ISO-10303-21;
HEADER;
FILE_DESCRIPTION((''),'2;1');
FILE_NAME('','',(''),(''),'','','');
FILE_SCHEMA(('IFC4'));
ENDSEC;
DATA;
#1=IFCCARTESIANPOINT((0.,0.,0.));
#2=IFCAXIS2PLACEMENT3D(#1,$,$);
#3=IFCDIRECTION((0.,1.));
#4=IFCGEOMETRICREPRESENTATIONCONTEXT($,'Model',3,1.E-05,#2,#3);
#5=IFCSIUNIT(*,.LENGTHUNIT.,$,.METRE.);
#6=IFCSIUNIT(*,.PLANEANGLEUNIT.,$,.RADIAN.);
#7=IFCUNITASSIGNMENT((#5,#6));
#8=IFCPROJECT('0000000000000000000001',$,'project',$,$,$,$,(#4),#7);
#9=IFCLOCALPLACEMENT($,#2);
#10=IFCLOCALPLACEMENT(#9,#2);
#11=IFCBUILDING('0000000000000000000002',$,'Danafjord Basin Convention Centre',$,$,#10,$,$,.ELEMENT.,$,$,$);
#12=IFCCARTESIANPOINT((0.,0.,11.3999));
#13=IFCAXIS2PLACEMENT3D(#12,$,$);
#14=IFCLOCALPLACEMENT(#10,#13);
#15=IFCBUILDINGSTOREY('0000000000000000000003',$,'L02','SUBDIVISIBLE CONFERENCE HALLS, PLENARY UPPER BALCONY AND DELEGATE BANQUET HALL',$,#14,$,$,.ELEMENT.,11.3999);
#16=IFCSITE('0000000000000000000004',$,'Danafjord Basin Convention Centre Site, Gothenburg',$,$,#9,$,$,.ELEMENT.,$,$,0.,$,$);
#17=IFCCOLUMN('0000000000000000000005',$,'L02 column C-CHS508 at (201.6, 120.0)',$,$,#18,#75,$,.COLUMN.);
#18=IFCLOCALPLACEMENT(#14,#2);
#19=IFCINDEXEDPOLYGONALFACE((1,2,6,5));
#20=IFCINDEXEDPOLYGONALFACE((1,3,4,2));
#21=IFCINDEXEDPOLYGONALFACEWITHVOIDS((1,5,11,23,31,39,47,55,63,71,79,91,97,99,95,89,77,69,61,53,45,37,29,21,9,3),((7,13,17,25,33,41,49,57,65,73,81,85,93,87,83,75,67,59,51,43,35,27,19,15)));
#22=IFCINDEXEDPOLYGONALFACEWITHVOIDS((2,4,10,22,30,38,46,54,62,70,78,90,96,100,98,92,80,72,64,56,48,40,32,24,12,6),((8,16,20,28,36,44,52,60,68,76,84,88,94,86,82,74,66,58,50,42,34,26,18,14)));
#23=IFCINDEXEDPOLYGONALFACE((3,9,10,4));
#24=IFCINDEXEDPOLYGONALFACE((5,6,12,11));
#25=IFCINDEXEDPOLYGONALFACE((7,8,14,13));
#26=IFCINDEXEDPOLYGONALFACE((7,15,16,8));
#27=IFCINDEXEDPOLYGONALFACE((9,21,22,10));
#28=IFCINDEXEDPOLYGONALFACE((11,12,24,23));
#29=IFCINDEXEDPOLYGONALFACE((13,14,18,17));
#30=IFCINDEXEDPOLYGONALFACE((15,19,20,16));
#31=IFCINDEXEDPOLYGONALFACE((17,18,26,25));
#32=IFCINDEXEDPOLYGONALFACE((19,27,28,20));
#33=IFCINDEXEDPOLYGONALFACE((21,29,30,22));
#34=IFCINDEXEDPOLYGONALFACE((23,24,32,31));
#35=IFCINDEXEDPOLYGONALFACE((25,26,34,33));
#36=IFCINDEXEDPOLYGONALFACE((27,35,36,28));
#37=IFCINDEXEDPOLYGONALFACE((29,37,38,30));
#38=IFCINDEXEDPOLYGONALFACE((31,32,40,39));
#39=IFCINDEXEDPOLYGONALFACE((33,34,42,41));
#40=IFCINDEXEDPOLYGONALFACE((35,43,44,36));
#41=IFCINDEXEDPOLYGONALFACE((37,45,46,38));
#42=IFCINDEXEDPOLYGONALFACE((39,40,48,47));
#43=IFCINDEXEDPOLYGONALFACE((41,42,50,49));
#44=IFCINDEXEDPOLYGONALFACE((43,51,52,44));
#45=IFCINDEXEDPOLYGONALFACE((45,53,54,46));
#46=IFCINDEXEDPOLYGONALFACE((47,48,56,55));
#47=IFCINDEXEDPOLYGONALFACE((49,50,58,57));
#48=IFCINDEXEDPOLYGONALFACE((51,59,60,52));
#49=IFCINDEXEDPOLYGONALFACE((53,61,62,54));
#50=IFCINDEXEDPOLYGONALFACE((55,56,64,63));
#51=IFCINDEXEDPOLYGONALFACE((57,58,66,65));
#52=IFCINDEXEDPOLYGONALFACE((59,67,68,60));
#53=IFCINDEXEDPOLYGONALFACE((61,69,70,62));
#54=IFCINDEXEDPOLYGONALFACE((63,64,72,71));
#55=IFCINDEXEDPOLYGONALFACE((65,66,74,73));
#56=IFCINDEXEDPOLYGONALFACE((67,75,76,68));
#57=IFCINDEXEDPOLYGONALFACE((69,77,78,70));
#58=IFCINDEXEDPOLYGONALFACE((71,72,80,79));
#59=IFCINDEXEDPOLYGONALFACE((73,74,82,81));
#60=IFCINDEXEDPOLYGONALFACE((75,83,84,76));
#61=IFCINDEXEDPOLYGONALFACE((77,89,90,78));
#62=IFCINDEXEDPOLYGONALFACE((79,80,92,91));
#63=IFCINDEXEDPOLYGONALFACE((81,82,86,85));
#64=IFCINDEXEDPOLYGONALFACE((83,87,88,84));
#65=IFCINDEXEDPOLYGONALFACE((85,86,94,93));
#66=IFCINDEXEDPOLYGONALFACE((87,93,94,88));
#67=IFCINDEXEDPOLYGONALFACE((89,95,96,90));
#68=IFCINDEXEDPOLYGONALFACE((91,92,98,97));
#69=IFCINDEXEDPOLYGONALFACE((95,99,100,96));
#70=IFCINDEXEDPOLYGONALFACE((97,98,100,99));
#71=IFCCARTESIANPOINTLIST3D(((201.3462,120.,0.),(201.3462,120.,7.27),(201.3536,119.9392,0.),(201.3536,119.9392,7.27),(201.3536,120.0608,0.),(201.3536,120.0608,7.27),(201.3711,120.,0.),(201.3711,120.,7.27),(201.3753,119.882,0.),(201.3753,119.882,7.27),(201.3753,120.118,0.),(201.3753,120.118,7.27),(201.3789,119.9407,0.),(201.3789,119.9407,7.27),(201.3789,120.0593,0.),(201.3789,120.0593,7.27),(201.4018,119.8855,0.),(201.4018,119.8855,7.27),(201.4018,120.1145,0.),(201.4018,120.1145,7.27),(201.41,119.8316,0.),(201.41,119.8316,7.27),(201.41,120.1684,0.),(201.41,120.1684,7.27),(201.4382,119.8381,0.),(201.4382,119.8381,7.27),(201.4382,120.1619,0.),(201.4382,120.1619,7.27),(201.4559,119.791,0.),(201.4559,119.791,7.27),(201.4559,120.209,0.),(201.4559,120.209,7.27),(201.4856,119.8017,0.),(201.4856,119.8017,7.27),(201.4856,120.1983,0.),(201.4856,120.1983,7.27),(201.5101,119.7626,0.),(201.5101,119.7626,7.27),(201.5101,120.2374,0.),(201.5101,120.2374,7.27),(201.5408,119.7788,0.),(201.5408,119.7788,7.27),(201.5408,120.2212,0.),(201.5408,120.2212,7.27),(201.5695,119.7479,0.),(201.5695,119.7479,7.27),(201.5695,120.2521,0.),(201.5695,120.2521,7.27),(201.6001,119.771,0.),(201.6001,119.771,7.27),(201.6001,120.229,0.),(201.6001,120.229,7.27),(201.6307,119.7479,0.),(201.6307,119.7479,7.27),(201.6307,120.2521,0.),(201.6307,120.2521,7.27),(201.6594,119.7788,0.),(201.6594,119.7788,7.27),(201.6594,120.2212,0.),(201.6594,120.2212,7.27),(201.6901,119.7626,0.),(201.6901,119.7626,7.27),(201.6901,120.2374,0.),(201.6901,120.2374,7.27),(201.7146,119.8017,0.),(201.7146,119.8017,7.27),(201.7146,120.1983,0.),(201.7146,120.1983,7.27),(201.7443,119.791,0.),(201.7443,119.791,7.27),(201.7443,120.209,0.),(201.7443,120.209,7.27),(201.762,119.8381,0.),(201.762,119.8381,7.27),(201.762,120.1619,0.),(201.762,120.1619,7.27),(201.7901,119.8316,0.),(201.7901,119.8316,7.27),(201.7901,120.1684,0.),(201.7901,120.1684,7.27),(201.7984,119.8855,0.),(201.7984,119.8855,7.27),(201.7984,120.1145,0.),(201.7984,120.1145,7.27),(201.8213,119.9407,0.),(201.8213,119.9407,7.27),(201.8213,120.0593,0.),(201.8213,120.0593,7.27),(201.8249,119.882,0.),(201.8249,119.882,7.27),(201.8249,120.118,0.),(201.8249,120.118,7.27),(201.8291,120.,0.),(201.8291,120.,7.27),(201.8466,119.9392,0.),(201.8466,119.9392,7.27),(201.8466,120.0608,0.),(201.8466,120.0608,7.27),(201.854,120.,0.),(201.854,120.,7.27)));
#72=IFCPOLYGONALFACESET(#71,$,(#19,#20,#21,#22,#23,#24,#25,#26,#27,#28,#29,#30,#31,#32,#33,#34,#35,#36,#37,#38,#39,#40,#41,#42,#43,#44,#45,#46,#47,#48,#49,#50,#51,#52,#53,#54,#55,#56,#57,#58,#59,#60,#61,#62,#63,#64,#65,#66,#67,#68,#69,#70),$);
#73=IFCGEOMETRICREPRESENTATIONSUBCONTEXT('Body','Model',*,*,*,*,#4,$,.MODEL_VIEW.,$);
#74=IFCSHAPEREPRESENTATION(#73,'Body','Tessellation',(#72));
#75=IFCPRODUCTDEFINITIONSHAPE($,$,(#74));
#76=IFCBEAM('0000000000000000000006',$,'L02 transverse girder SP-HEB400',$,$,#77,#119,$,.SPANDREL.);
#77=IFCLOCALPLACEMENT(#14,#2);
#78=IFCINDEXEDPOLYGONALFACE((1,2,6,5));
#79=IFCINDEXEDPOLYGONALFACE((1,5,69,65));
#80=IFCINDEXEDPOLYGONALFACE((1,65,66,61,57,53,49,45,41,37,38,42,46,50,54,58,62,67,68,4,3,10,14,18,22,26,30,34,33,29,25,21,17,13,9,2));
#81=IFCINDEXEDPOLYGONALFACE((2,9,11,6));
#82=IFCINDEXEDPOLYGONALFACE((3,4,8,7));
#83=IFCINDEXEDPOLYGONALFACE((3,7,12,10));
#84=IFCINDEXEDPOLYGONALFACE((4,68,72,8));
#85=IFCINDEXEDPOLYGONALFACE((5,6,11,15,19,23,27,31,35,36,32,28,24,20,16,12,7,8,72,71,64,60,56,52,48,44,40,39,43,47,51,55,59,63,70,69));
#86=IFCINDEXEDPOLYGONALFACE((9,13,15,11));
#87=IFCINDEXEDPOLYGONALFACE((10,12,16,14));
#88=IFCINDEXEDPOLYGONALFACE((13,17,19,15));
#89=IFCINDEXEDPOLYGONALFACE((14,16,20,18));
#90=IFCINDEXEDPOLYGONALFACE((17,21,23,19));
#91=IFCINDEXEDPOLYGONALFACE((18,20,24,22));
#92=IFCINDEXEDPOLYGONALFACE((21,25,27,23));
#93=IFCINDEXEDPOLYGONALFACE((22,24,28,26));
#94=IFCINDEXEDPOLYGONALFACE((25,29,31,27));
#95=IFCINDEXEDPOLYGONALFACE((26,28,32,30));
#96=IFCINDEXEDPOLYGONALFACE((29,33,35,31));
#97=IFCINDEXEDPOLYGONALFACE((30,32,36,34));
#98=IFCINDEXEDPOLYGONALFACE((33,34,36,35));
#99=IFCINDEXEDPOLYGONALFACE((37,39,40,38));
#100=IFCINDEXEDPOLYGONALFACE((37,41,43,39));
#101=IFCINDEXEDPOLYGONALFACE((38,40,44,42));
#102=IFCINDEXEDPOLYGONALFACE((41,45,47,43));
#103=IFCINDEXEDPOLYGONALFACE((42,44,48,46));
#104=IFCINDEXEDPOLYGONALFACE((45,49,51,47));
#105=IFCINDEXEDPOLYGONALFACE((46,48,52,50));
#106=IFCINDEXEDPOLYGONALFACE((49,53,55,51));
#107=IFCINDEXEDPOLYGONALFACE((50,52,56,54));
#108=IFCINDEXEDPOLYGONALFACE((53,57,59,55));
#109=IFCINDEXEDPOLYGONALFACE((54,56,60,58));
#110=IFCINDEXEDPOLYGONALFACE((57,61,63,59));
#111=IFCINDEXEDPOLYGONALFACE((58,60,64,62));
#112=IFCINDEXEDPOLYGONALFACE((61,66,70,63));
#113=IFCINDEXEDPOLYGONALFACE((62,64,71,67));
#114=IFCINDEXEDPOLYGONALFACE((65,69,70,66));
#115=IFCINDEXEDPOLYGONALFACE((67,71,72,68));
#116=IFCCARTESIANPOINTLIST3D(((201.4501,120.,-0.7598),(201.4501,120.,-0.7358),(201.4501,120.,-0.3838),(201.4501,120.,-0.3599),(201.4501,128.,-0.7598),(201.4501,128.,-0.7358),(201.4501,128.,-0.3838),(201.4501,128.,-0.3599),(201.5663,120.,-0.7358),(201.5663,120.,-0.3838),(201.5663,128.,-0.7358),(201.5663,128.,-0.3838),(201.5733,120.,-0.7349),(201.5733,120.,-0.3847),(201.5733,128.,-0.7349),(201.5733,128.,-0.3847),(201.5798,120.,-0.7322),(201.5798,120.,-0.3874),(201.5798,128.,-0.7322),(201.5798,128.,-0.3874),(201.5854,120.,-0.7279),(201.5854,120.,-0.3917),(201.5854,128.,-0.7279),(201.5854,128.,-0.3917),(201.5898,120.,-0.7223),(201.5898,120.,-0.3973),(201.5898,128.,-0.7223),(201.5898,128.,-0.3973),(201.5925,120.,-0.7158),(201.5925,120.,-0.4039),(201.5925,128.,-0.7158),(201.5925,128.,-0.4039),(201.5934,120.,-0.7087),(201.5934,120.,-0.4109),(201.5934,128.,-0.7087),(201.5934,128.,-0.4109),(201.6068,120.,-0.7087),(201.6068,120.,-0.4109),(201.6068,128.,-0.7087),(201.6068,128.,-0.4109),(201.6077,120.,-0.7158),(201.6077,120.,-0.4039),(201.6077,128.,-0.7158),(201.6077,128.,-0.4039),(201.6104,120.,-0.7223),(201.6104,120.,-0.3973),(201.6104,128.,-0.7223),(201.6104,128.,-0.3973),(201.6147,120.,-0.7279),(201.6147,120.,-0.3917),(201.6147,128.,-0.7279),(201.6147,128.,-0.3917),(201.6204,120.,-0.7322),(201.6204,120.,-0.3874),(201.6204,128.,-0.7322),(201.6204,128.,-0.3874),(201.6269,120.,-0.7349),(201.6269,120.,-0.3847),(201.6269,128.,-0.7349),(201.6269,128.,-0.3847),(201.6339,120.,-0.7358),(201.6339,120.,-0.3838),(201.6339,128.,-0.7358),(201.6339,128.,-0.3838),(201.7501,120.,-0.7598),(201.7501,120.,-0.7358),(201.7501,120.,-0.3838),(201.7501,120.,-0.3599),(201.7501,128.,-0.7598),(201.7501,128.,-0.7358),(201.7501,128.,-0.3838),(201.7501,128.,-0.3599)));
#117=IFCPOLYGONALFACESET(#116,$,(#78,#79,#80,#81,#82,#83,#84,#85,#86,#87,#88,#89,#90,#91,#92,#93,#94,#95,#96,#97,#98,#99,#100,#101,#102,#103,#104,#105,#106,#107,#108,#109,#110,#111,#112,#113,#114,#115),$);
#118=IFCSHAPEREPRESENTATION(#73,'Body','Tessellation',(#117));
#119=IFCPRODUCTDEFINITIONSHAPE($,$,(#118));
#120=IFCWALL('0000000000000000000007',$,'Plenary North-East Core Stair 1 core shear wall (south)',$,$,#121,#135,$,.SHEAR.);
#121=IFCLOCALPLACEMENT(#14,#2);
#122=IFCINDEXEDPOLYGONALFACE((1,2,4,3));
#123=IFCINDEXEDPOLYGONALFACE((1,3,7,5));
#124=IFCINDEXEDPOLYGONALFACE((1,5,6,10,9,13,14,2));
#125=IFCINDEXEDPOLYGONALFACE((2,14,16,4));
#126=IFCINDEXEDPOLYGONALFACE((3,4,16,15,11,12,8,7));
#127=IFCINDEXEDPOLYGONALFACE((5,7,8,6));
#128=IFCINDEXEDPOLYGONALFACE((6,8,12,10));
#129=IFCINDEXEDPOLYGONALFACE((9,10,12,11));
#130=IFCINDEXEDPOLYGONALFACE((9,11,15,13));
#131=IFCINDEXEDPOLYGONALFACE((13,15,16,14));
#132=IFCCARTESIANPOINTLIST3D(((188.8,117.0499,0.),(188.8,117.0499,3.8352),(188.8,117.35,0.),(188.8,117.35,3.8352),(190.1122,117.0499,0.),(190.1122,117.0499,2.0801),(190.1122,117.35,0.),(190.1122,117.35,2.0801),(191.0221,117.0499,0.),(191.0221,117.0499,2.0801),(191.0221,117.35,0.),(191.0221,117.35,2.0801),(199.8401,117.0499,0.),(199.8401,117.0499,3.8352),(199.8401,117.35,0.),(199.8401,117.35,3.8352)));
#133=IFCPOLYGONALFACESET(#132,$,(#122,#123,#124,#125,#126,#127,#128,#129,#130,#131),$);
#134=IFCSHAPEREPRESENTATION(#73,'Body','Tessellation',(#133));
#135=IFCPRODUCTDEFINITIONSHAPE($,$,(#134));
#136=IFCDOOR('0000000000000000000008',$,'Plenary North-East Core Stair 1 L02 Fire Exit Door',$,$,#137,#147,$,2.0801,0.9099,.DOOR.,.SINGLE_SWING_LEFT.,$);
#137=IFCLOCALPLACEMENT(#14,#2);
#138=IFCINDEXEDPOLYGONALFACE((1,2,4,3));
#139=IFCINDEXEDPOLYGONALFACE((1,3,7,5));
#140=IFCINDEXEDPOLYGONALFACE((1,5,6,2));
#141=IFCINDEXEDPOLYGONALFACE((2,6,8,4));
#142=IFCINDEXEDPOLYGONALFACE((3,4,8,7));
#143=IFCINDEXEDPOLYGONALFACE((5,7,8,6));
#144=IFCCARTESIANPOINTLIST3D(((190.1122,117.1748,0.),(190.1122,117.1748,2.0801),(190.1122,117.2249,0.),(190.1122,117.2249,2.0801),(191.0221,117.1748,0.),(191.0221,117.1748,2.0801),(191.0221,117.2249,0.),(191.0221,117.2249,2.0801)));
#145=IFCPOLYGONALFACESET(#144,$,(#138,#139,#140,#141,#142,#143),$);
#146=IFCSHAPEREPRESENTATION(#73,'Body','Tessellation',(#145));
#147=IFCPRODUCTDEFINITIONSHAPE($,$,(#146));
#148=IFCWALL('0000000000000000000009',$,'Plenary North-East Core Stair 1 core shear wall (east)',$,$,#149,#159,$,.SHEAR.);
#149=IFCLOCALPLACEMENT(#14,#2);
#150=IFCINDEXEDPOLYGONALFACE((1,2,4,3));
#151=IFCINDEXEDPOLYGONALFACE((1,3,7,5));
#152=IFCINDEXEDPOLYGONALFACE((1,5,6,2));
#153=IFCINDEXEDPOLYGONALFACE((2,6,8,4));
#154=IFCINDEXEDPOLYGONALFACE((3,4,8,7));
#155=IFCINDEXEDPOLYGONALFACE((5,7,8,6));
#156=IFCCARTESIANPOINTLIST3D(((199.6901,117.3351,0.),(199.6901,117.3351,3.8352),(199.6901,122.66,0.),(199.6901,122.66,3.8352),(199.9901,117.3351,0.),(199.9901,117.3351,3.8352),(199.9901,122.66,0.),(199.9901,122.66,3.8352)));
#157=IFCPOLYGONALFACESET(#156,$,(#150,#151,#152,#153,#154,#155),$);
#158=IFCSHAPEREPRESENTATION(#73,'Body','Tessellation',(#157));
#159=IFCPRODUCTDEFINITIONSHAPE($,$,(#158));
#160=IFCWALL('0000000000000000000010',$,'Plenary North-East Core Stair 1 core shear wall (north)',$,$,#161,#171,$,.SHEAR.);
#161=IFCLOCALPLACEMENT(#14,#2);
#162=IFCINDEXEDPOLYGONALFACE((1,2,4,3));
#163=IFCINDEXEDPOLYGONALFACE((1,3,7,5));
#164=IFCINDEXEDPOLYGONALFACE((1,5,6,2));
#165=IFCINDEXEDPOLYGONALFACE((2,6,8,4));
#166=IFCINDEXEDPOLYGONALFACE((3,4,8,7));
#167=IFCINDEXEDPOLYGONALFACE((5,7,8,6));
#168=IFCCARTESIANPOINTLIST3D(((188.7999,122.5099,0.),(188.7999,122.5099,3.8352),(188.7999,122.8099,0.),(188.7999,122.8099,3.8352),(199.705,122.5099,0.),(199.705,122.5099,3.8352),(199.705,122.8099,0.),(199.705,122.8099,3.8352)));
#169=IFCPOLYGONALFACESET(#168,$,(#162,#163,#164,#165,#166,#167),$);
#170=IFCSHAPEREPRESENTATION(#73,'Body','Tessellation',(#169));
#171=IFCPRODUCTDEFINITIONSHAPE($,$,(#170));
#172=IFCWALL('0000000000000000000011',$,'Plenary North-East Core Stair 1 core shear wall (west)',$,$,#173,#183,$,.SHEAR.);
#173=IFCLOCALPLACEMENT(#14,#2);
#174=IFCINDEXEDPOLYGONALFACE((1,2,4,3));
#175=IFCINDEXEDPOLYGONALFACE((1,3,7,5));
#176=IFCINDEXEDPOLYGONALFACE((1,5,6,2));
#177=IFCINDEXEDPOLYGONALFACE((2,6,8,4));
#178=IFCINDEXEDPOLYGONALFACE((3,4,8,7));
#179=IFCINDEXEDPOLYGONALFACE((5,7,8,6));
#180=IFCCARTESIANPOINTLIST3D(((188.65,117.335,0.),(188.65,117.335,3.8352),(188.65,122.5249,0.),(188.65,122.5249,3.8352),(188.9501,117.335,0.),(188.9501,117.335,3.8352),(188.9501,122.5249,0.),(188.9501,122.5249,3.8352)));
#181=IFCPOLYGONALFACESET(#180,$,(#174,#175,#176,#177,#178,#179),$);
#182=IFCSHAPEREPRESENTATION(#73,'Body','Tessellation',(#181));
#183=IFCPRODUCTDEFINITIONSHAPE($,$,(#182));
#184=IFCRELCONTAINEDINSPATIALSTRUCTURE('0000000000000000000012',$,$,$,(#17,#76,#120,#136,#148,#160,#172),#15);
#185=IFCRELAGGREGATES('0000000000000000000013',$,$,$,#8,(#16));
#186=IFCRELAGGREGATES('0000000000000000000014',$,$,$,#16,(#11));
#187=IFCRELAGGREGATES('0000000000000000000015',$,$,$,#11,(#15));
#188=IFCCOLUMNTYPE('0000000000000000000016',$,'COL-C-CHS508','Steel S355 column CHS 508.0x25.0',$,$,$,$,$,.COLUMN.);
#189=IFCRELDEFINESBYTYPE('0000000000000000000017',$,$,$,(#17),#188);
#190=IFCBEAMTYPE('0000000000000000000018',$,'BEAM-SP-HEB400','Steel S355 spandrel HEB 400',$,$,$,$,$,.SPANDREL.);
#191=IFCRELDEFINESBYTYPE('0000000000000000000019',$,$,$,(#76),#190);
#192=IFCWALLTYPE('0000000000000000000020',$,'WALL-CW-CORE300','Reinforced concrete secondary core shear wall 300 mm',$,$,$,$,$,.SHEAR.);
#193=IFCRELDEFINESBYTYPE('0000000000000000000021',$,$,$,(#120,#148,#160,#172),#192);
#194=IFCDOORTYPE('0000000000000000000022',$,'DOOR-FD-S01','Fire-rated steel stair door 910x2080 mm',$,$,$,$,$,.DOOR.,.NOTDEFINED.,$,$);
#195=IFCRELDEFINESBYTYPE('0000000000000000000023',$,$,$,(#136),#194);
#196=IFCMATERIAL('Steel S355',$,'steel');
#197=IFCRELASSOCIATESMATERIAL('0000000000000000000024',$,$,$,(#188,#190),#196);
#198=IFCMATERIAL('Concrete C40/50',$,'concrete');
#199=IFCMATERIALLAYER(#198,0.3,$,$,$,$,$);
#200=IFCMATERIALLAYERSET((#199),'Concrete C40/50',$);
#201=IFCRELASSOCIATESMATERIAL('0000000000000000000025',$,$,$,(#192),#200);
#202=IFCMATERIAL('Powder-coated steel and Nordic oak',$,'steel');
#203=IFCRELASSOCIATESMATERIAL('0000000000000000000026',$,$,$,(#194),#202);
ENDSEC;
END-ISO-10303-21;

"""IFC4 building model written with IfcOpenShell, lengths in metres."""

from ifc_helpers import new_model, si_unit, direction, frame, frame_2d, origin, origin_2d, place, context, subcontext, project, spatial, rectangle, hollow_circle, i_section, extrude, material, layer, layer_set, material_profile, profile_set, type_object, element, fill, save


model = new_model("IFC4")

# Units and contexts
model_context = context("Model", 3, precision=1e-05, world=origin(), true_north=direction((0.0, 1.0)))
body_context = subcontext(model_context, "Body", "Model", "MODEL_VIEW")
ifc_project = project(units=[si_unit("LENGTHUNIT", "METRE"), si_unit("PLANEANGLEUNIT", "RADIAN")], contexts=[model_context])

# Site, building, storey
site_placement = place(None, origin())
site = spatial("IfcSite", under=ifc_project, at=site_placement, Name="Danafjord Basin Convention Centre Site, Gothenburg", CompositionType="ELEMENT", RefElevation=0.0)
building_placement = place(site_placement, origin())
building = spatial("IfcBuilding", under=site, at=building_placement, Name="Danafjord Basin Convention Centre", CompositionType="ELEMENT")
storey_placement = place(building_placement, frame((0.0, 0.0, 11.3999)))
storey = spatial("IfcBuildingStorey", under=building, at=storey_placement, Name="L02", Description="SUBDIVISIBLE CONFERENCE HALLS, PLENARY UPPER BALCONY AND DELEGATE BANQUET HALL", CompositionType="ELEMENT", Elevation=11.3999)

# Column
ifc_material_1 = material(Name="Steel S355", Category="steel")
ifc_material_profile_1 = material_profile(ifc_material_1, hollow_circle(Radius=0.2539, WallThickness=0.0249, at=origin_2d()), Name="CHS 508.0x25.0")
ifc_profile_set_1 = profile_set([ifc_material_profile_1], Name="Steel S355")
column_type = type_object("IfcColumnType", Name="COL-C-CHS508", Description="Steel S355 column CHS 508.0x25.0", PredefinedType="COLUMN", material=ifc_profile_set_1)
column_placement = place(storey_placement, frame((201.6001, 120.0, 0.0), z_axis=(0.0, 0.0, 1.0), x_axis=(1.0, 0.0, 0.0)))
element("IfcColumn", 1, at=column_placement, inside=storey, type_object=column_type, Name="L02 column C-CHS508 at (201.6, 120.0)", PredefinedType="COLUMN", context=body_context, shape_type="SweptSolid", body=[
    extrude(hollow_circle(Radius=0.2539, WallThickness=0.0249, at=origin_2d()), origin(), (0.0, 0.0, 1.0), 7.27),
])

# Beam
ifc_material_profile_2 = material_profile(ifc_material_1, i_section(OverallWidth=0.3, OverallDepth=0.3999, WebThickness=0.0134, FlangeThickness=0.0239, FilletRadius=0.0271, at=origin_2d()), Name="HEB 400")
ifc_profile_set_2 = profile_set([ifc_material_profile_2], Name="Steel S355")
beam_type = type_object("IfcBeamType", Name="BEAM-SP-HEB400", Description="Steel S355 spandrel HEB 400", PredefinedType="SPANDREL", material=ifc_profile_set_2)
beam_placement = place(storey_placement, frame((201.6001, 120.0, -0.5598), z_axis=(0.0, 1.0, 0.0), x_axis=(-1.0, 0.0, 0.0)))
element("IfcBeam", 2, at=beam_placement, inside=storey, type_object=beam_type, Name="L02 transverse girder SP-HEB400", PredefinedType="SPANDREL", context=body_context, shape_type="SweptSolid", body=[
    extrude(i_section(OverallWidth=0.3, OverallDepth=0.3999, WebThickness=0.0134, FlangeThickness=0.0239, FilletRadius=0.0271, at=origin_2d()), origin(), (0.0, 0.0, 1.0), 8.0),
])

# Wall, opening, door
ifc_material_2 = material(Name="Concrete C40/50", Category="concrete")
ifc_layer_1 = layer(ifc_material_2, 0.3)
ifc_layer_set_1 = layer_set([ifc_layer_1], Name="Concrete C40/50")
wall_type_1 = type_object("IfcWallType", Name="WALL-CW-CORE300", Description="Reinforced concrete secondary core shear wall 300 mm", PredefinedType="SHEAR", material=ifc_layer_set_1)
wall_1_placement = place(storey_placement, frame((188.8, 117.2, 0.0), z_axis=(0.0, 0.0, 1.0), x_axis=(1.0, 0.0, 0.0)))
wall_1 = element("IfcWall", 3, at=wall_1_placement, inside=storey, type_object=wall_type_1, Name="Plenary North-East Core Stair 1 core shear wall (south)", PredefinedType="SHEAR", context=body_context, shape_type="SweptSolid", body=[
    extrude(rectangle(XDim=11.04, YDim=0.3, at=frame_2d((5.52, 0.0))), origin(), (0.0, 0.0, 1.0), 3.8352),
])
opening_1_placement = place(wall_1_placement, frame((1.312, 0.0, 0.0)))
opening_1 = element("IfcOpeningElement", 4, at=opening_1_placement, cuts=wall_1, PredefinedType="OPENING", context=body_context, shape_type="SweptSolid", body=[
    extrude(rectangle(XDim=0.9099, YDim=2.0801, at=frame_2d((0.4551, 1.04))), frame((0.0, 0.1599, 0.0), z_axis=(0.0, -1.0, 0.0), x_axis=(1.0, 0.0, 0.0)), (0.0, 0.0, 1.0), 0.3201),
])
ifc_material_3 = material(Name="Powder-coated steel and Nordic oak", Category="steel")
door_type_1 = type_object("IfcDoorType", Name="DOOR-FD-S01", Description="Fire-rated steel stair door 910x2080 mm", OperationType="NOTDEFINED", PredefinedType="DOOR", material=ifc_material_3)
door_1_placement = place(opening_1_placement, origin())
door_1 = element("IfcDoor", 5, at=door_1_placement, inside=storey, type_object=door_type_1, Name="Plenary North-East Core Stair 1 L02 Fire Exit Door", OperationType="SINGLE_SWING_LEFT", OverallHeight=2.0801, OverallWidth=0.9099, PredefinedType="DOOR", context=body_context, shape_type="SweptSolid", body=[
    extrude(rectangle(XDim=0.9099, YDim=2.0801, at=frame_2d((0.4551, 1.04))), frame((0.0, 0.0249, 0.0), z_axis=(0.0, -1.0, 0.0), x_axis=(1.0, 0.0, 0.0)), (0.0, 0.0, 1.0), 0.05),
])
fill(opening_1, door_1)

# Walls
wall_2_placement = place(storey_placement, frame((199.8401, 117.335, 0.0), z_axis=(0.0, 0.0, 1.0), x_axis=(0.0, 1.0, 0.0)))
element("IfcWall", 6, at=wall_2_placement, inside=storey, type_object=wall_type_1, Name="Plenary North-East Core Stair 1 core shear wall (east)", PredefinedType="SHEAR", context=body_context, shape_type="SweptSolid", body=[
    extrude(rectangle(XDim=5.325, YDim=0.3, at=frame_2d((2.6626, 0.0))), origin(), (0.0, 0.0, 1.0), 3.8352),
])
wall_3_placement = place(storey_placement, frame((199.7051, 122.6599, 0.0), z_axis=(0.0, 0.0, 1.0), x_axis=(-1.0, 0.0, 0.0)))
element("IfcWall", 7, at=wall_3_placement, inside=storey, type_object=wall_type_1, Name="Plenary North-East Core Stair 1 core shear wall (north)", PredefinedType="SHEAR", context=body_context, shape_type="SweptSolid", body=[
    extrude(rectangle(XDim=10.905, YDim=0.3, at=frame_2d((5.4526, 0.0))), origin(), (0.0, 0.0, 1.0), 3.8352),
])
wall_4_placement = place(storey_placement, frame((188.8, 122.5249, 0.0), z_axis=(0.0, 0.0, 1.0), x_axis=(0.0, -1.0, 0.0)))
element("IfcWall", 8, at=wall_4_placement, inside=storey, type_object=wall_type_1, Name="Plenary North-East Core Stair 1 core shear wall (west)", PredefinedType="SHEAR", context=body_context, shape_type="SweptSolid", body=[
    extrude(rectangle(XDim=5.1899, YDim=0.3, at=frame_2d((2.595, 0.0))), origin(), (0.0, 0.0, 1.0), 3.8352),
])

save(model, "model.ifc")
